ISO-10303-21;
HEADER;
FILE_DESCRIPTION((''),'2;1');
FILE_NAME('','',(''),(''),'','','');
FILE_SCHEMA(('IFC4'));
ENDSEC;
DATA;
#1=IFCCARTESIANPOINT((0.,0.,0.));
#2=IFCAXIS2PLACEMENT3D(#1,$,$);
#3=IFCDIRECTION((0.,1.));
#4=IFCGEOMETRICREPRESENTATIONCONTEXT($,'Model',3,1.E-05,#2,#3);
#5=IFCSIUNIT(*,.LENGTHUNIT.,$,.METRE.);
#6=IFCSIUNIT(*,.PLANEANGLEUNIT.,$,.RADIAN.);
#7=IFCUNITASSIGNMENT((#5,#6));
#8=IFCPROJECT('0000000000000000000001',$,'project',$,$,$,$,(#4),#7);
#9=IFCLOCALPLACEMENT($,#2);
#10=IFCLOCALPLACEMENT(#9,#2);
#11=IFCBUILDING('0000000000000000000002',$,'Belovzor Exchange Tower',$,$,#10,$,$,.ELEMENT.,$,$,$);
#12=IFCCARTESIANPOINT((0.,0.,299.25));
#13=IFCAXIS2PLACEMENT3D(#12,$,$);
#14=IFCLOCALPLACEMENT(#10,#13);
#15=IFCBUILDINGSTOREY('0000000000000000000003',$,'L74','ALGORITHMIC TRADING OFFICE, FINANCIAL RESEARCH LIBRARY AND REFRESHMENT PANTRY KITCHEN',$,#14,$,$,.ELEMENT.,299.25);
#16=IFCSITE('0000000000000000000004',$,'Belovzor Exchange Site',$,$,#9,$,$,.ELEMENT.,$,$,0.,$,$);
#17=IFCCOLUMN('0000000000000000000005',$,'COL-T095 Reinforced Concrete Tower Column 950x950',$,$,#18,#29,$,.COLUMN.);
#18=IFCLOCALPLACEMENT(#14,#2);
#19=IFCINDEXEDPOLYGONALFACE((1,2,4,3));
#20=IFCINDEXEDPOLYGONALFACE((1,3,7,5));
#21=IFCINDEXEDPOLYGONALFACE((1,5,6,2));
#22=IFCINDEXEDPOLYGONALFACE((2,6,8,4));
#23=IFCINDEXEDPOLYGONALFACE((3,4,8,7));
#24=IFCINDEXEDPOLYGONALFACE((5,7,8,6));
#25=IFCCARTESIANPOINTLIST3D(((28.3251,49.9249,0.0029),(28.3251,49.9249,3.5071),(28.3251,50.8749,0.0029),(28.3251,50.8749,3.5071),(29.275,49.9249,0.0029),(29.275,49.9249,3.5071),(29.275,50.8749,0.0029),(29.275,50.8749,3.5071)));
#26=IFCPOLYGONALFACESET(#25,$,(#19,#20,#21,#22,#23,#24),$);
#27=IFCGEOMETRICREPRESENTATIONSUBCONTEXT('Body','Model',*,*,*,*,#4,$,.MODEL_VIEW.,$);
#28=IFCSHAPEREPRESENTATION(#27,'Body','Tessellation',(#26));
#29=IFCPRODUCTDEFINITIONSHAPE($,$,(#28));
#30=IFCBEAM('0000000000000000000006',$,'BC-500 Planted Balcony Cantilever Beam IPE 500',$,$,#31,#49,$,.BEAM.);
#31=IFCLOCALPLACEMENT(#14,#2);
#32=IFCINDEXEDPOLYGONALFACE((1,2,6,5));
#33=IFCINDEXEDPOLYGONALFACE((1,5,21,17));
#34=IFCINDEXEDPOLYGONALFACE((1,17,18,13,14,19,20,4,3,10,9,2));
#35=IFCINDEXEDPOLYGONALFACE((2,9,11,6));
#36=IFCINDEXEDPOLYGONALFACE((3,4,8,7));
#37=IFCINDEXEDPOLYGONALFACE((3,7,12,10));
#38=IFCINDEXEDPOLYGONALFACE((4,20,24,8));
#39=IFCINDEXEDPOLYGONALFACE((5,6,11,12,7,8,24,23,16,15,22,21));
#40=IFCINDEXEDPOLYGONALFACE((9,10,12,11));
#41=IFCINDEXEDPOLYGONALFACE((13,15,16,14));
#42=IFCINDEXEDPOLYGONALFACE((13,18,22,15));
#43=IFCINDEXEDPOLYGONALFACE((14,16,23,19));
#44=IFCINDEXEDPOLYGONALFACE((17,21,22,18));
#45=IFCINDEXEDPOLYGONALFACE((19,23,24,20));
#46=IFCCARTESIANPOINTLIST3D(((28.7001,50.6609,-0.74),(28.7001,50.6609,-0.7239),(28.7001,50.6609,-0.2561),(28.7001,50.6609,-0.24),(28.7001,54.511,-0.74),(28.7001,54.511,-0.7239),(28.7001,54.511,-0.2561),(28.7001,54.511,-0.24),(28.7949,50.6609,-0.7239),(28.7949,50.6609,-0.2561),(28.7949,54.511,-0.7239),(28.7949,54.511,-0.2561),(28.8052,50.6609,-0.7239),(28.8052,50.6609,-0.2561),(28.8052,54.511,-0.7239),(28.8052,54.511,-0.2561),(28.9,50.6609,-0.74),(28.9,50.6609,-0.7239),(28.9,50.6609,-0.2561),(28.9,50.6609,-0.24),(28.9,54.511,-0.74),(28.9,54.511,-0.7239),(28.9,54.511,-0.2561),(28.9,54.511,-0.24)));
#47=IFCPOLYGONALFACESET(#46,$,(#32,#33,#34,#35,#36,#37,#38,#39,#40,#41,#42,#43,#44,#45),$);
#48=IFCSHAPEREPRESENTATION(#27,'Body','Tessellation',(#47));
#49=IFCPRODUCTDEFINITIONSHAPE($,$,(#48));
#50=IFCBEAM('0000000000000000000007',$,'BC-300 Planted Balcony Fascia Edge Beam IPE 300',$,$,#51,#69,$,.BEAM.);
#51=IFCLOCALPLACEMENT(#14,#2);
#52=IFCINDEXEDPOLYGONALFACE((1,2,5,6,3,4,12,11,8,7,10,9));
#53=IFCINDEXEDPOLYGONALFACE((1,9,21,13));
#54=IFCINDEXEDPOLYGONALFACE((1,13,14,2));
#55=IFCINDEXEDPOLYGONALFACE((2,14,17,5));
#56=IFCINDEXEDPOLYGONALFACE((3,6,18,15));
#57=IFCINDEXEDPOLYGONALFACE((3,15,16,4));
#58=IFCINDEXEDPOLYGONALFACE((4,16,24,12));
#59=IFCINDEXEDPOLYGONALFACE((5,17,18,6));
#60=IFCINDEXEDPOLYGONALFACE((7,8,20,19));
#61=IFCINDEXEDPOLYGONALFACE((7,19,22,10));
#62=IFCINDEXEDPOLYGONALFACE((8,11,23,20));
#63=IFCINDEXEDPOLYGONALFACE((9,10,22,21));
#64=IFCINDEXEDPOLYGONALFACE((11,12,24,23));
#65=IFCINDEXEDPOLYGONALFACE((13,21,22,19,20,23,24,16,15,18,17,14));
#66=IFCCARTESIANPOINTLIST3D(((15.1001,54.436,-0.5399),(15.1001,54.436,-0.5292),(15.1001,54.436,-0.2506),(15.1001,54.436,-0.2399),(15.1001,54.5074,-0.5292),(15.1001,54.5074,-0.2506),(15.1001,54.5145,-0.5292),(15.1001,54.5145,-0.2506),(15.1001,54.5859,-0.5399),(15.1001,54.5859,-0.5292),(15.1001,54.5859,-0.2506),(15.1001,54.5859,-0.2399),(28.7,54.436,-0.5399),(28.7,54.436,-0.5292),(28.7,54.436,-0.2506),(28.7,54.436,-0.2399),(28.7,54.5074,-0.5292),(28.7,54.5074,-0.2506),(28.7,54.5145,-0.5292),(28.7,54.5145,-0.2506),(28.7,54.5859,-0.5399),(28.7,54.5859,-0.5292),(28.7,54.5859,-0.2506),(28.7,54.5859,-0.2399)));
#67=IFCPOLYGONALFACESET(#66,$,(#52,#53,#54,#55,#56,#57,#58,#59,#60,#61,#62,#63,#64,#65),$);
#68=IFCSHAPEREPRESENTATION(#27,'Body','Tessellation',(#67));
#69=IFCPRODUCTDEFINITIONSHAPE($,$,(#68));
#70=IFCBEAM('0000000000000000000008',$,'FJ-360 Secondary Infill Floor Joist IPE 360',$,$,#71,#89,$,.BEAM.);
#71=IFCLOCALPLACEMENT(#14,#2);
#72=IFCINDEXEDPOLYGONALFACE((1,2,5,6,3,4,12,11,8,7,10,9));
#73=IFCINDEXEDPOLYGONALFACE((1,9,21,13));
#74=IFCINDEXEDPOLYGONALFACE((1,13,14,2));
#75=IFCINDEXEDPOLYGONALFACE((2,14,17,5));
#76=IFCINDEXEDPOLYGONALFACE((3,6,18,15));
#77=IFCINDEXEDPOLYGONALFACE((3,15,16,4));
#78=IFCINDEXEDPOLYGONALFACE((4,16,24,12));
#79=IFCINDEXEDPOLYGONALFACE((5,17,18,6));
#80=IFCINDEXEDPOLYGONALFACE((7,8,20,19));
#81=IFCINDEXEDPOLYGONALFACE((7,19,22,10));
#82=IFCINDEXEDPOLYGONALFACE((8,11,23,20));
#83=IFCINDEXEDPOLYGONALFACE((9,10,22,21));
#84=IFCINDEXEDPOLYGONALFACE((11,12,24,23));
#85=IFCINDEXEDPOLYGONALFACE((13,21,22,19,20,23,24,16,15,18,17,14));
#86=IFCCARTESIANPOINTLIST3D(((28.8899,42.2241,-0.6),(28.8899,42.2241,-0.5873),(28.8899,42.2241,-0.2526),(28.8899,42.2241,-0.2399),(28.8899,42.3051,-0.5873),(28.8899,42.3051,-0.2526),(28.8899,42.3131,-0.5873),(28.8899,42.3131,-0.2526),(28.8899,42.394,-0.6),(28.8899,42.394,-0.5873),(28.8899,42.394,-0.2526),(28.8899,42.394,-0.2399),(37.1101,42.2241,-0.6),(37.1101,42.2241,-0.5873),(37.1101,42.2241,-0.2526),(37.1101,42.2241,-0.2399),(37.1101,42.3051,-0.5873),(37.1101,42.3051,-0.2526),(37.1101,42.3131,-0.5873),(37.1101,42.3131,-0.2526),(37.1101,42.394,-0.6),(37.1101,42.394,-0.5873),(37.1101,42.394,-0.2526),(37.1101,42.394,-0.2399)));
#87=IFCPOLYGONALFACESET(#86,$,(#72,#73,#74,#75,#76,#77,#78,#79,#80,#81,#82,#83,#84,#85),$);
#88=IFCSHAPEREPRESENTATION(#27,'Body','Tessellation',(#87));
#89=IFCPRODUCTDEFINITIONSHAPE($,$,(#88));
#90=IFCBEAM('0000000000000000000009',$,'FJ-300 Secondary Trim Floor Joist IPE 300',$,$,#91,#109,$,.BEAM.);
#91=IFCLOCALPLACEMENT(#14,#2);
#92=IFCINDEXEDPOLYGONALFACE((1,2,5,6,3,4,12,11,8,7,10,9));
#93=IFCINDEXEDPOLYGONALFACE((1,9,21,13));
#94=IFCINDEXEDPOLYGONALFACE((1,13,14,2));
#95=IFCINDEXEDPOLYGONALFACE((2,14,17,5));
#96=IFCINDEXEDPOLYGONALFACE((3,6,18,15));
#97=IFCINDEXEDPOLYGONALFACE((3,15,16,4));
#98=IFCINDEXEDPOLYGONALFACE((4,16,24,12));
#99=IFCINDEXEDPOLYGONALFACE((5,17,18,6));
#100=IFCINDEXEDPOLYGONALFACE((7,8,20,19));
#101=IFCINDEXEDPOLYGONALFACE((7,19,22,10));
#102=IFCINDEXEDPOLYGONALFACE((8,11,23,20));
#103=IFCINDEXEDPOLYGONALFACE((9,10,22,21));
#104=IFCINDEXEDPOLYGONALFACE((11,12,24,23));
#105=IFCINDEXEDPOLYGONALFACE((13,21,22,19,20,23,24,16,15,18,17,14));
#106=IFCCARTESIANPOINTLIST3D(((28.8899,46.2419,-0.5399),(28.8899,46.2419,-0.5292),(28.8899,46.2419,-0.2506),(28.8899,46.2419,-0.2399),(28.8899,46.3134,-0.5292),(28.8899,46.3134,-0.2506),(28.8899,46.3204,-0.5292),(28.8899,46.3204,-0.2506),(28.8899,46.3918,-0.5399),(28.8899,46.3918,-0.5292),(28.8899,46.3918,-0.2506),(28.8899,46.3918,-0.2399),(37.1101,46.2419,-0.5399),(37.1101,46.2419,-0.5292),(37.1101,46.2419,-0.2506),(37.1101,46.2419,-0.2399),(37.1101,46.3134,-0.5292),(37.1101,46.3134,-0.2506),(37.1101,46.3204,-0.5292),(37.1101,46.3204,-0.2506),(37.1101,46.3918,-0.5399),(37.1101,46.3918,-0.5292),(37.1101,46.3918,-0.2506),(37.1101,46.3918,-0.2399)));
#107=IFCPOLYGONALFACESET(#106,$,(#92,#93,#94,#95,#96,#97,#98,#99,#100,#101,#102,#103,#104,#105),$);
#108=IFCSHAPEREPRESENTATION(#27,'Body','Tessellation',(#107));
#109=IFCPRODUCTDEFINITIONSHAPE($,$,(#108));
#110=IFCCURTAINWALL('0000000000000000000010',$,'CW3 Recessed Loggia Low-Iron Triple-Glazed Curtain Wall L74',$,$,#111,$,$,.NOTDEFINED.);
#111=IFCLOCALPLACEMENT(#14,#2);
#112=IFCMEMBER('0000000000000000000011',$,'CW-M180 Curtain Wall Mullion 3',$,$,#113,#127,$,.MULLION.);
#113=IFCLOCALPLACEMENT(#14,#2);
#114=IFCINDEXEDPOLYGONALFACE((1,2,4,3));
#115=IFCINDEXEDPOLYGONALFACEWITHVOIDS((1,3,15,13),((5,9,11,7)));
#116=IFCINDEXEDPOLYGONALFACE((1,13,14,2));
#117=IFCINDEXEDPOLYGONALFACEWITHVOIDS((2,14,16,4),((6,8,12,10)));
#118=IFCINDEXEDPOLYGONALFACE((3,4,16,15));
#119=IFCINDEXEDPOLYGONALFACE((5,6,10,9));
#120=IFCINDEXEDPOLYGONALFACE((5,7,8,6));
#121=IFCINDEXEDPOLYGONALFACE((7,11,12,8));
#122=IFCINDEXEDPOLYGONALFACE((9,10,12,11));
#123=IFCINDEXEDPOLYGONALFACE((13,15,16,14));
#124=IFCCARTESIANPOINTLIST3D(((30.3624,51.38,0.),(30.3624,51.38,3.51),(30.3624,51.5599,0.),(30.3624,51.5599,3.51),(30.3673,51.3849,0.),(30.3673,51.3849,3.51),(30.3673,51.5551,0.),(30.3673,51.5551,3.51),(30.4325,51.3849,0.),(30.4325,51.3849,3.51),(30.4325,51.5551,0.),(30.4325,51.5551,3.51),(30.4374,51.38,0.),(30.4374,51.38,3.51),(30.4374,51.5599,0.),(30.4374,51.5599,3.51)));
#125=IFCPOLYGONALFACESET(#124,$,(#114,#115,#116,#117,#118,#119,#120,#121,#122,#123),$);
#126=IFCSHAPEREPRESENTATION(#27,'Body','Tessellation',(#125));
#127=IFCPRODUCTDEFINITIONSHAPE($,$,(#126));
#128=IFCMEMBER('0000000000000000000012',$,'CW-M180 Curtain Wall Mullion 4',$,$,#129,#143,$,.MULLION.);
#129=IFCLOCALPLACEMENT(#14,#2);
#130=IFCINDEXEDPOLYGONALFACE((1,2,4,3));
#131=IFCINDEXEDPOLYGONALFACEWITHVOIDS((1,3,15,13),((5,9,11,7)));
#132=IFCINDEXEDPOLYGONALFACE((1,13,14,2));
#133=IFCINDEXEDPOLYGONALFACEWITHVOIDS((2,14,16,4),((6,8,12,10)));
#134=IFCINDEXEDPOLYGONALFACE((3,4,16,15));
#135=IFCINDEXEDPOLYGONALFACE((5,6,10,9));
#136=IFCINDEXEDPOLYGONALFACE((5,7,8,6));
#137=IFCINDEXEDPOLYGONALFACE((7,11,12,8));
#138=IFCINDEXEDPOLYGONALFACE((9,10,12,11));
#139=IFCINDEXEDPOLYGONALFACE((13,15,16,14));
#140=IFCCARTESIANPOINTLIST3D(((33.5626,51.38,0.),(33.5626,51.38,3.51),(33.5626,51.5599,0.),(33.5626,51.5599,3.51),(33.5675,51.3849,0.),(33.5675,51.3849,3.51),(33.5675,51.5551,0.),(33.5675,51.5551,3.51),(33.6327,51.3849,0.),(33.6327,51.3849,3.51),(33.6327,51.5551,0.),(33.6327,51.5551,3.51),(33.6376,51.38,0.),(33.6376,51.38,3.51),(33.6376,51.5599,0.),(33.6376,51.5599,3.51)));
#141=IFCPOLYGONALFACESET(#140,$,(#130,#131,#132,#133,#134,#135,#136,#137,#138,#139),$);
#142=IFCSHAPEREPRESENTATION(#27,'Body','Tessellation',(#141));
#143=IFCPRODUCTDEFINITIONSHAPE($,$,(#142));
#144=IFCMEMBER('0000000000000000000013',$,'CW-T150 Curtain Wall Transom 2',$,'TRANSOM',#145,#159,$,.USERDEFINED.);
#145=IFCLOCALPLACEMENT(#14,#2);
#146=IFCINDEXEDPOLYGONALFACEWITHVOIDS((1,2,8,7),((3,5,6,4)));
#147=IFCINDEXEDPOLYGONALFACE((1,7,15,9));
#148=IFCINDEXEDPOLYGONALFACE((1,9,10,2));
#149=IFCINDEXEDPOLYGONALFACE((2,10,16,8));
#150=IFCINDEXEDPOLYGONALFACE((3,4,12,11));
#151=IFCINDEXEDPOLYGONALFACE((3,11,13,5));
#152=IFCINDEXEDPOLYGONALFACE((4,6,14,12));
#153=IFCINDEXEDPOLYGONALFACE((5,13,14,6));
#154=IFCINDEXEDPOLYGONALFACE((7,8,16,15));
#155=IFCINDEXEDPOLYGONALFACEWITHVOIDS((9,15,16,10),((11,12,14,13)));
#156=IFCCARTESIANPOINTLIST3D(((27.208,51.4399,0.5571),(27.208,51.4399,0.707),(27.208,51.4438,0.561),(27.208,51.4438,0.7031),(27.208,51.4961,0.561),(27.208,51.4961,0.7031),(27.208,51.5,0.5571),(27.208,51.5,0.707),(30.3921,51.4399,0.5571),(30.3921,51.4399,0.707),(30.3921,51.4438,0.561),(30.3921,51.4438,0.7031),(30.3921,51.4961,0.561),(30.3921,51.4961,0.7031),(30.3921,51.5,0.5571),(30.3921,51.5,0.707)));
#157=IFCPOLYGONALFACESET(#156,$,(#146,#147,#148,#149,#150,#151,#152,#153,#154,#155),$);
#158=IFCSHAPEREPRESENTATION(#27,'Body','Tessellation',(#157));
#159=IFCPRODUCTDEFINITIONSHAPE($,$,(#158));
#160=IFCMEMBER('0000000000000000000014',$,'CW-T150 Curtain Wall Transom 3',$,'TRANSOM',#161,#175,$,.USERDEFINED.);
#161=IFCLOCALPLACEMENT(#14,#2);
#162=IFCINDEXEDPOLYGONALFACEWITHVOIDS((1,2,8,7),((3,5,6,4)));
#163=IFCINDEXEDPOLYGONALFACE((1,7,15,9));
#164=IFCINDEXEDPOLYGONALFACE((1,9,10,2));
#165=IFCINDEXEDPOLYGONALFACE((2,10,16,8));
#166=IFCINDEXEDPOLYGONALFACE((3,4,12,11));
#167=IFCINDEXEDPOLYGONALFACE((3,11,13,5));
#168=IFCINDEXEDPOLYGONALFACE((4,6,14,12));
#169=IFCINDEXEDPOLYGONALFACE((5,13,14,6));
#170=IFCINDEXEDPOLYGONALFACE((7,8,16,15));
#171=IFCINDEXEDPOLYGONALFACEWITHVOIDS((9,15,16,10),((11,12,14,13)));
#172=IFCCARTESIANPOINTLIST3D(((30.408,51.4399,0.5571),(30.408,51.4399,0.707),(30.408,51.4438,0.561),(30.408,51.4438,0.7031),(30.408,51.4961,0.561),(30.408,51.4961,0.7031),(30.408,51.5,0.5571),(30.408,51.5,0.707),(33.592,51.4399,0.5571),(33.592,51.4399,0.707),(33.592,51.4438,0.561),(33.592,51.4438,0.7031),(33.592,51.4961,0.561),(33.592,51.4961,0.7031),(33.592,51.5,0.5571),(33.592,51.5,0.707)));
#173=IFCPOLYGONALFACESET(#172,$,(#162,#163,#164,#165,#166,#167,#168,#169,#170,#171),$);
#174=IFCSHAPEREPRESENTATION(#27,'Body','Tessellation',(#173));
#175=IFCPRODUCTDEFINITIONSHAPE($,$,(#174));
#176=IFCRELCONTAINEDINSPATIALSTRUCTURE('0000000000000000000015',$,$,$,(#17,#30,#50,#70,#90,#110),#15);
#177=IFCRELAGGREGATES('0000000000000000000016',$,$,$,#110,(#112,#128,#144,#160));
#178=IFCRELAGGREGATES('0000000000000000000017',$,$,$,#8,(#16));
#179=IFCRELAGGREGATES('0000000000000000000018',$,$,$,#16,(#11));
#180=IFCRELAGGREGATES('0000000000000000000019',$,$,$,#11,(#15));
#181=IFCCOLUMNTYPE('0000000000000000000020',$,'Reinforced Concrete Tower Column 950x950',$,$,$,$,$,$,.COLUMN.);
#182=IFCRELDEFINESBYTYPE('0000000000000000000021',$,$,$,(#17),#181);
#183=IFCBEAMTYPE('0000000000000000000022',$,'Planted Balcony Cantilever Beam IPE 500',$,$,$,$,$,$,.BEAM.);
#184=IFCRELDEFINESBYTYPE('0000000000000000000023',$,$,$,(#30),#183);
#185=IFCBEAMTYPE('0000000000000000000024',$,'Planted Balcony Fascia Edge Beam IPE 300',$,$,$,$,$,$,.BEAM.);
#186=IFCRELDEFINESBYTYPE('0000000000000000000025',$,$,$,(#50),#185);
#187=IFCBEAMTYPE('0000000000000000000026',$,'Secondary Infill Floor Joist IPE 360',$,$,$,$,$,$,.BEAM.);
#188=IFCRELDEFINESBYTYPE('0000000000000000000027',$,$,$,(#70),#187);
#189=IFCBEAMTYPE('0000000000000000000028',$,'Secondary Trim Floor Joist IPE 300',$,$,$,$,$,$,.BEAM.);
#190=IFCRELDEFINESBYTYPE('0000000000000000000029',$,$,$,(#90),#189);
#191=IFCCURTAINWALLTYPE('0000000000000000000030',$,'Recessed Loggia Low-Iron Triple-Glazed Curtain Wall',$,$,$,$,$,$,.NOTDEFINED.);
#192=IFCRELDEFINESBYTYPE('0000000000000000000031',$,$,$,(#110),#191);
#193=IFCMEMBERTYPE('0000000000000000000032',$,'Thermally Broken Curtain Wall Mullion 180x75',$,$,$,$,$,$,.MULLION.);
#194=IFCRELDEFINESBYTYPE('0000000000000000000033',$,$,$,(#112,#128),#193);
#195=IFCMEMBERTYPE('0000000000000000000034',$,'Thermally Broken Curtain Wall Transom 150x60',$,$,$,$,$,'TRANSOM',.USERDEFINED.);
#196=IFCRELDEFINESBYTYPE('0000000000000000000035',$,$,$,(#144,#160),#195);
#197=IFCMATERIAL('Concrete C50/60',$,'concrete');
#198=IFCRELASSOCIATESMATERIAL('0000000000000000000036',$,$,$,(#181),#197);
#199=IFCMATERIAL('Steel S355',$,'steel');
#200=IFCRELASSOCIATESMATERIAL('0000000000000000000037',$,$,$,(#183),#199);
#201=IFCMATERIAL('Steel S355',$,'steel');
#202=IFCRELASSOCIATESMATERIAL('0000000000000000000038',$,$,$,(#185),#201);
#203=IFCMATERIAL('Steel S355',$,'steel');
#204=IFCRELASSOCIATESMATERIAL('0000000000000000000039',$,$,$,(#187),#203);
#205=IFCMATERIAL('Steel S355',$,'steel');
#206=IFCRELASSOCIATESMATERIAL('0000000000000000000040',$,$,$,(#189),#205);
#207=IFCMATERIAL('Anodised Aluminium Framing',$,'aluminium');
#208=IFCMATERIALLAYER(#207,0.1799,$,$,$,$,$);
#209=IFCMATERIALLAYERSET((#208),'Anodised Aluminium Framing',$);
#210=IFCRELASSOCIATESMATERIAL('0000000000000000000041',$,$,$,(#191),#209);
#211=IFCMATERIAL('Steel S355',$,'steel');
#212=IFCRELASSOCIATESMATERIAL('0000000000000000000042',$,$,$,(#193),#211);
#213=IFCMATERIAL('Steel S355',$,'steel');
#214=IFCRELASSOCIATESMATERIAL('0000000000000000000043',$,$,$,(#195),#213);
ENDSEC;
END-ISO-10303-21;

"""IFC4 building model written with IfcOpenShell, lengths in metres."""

from ifc_helpers import new_model, si_unit, direction, frame, origin, origin_2d, place, context, subcontext, project, spatial, rectangle, hollow_rectangle, i_section, extrude, material, layer, layer_set, material_profile, profile_set, type_object, element, aggregate, save


model = new_model("IFC4")

# Units and contexts
model_context = context("Model", 3, precision=1e-05, world=origin(), true_north=direction((0.0, 1.0)))
body_context = subcontext(model_context, "Body", "Model", "MODEL_VIEW")
ifc_project = project(units=[si_unit("LENGTHUNIT", "METRE"), si_unit("PLANEANGLEUNIT", "RADIAN")], contexts=[model_context])

# Site, building, storey
site_placement = place(None, origin())
site = spatial("IfcSite", under=ifc_project, at=site_placement, Name="Belovzor Exchange Site", CompositionType="ELEMENT", RefElevation=0.0)
building_placement = place(site_placement, origin())
building = spatial("IfcBuilding", under=site, at=building_placement, Name="Belovzor Exchange Tower", CompositionType="ELEMENT")
storey_placement = place(building_placement, frame((0.0, 0.0, 299.25)))
storey = spatial("IfcBuildingStorey", under=building, at=storey_placement, Name="L74", Description="ALGORITHMIC TRADING OFFICE, FINANCIAL RESEARCH LIBRARY AND REFRESHMENT PANTRY KITCHEN", CompositionType="ELEMENT", Elevation=299.25)

# Column
ifc_material_1 = material(Name="Concrete C50/60", Category="concrete")
ifc_material_profile_1 = material_profile(ifc_material_1, rectangle(XDim=0.95, YDim=0.95, at=origin_2d()))
ifc_profile_set_1 = profile_set([ifc_material_profile_1], Name="Concrete C50/60")
column_type = type_object("IfcColumnType", Name="Reinforced Concrete Tower Column 950x950", PredefinedType="COLUMN", material=ifc_profile_set_1)
column_placement = place(storey_placement, frame((28.8, 50.3999, 0.0029), z_axis=(0.0, 0.0, 1.0), x_axis=(1.0, 0.0, 0.0)))
element("IfcColumn", 1, at=column_placement, inside=storey, type_object=column_type, Name="COL-T095 Reinforced Concrete Tower Column 950x950", PredefinedType="COLUMN", context=body_context, shape_type="SweptSolid", body=[
    extrude(rectangle(XDim=0.95, YDim=0.95, at=origin_2d()), origin(), (0.0, 0.0, 1.0), 3.5042),
])

# Beams
ifc_material_2 = material(Name="Steel S355", Category="steel")
ifc_material_profile_2 = material_profile(ifc_material_2, i_section(OverallWidth=0.2, OverallDepth=0.5, WebThickness=0.0103, FlangeThickness=0.0161, at=origin_2d()))
ifc_profile_set_2 = profile_set([ifc_material_profile_2], Name="Steel S355")
beam_type_1 = type_object("IfcBeamType", Name="Planted Balcony Cantilever Beam IPE 500", PredefinedType="BEAM", material=ifc_profile_set_2)
beam_1_placement = place(storey_placement, frame((28.8, 50.6609, -0.49), z_axis=(0.0, 1.0, 0.0), x_axis=(-1.0, 0.0, 0.0)))
element("IfcBeam", 2, at=beam_1_placement, inside=storey, type_object=beam_type_1, Name="BC-500 Planted Balcony Cantilever Beam IPE 500", PredefinedType="BEAM", context=body_context, shape_type="SweptSolid", body=[
    extrude(i_section(OverallWidth=0.2, OverallDepth=0.5, WebThickness=0.0103, FlangeThickness=0.0161, at=origin_2d()), origin(), (0.0, 0.0, 1.0), 3.8501),
])
ifc_material_3 = material(Name="Steel S355", Category="steel")
ifc_material_profile_3 = material_profile(ifc_material_3, i_section(OverallWidth=0.1499, OverallDepth=0.3, WebThickness=0.0071, FlangeThickness=0.0107, at=origin_2d()))
ifc_profile_set_3 = profile_set([ifc_material_profile_3], Name="Steel S355")
beam_type_2 = type_object("IfcBeamType", Name="Planted Balcony Fascia Edge Beam IPE 300", PredefinedType="BEAM", material=ifc_profile_set_3)
beam_2_placement = place(storey_placement, frame((28.7, 54.511, -0.3899), z_axis=(-1.0, 0.0, 0.0), x_axis=(0.0, -1.0, 0.0)))
element("IfcBeam", 3, at=beam_2_placement, inside=storey, type_object=beam_type_2, Name="BC-300 Planted Balcony Fascia Edge Beam IPE 300", PredefinedType="BEAM", context=body_context, shape_type="SweptSolid", body=[
    extrude(i_section(OverallWidth=0.1499, OverallDepth=0.3, WebThickness=0.0071, FlangeThickness=0.0107, at=origin_2d()), origin(), (0.0, 0.0, 1.0), 13.5999),
])
ifc_material_4 = material(Name="Steel S355", Category="steel")
ifc_material_profile_4 = material_profile(ifc_material_4, i_section(OverallWidth=0.1699, OverallDepth=0.3601, WebThickness=0.0081, FlangeThickness=0.0127, at=origin_2d()))
ifc_profile_set_4 = profile_set([ifc_material_profile_4], Name="Steel S355")
beam_type_3 = type_object("IfcBeamType", Name="Secondary Infill Floor Joist IPE 360", PredefinedType="BEAM", material=ifc_profile_set_4)
beam_3_placement = place(storey_placement, frame((28.8899, 42.3091, -0.4199), z_axis=(1.0, 0.0, 0.0), x_axis=(0.0, 1.0, 0.0)))
element("IfcBeam", 4, at=beam_3_placement, inside=storey, type_object=beam_type_3, Name="FJ-360 Secondary Infill Floor Joist IPE 360", PredefinedType="BEAM", context=body_context, shape_type="SweptSolid", body=[
    extrude(i_section(OverallWidth=0.1699, OverallDepth=0.3601, WebThickness=0.0081, FlangeThickness=0.0127, at=origin_2d()), origin(), (0.0, 0.0, 1.0), 8.2202),
])
ifc_material_5 = material(Name="Steel S355", Category="steel")
ifc_material_profile_5 = material_profile(ifc_material_5, i_section(OverallWidth=0.1499, OverallDepth=0.3, WebThickness=0.0071, FlangeThickness=0.0107, at=origin_2d()))
ifc_profile_set_5 = profile_set([ifc_material_profile_5], Name="Steel S355")
beam_type_4 = type_object("IfcBeamType", Name="Secondary Trim Floor Joist IPE 300", PredefinedType="BEAM", material=ifc_profile_set_5)
beam_4_placement = place(storey_placement, frame((28.8899, 46.3169, -0.3899), z_axis=(1.0, 0.0, 0.0), x_axis=(0.0, 1.0, 0.0)))
element("IfcBeam", 5, at=beam_4_placement, inside=storey, type_object=beam_type_4, Name="FJ-300 Secondary Trim Floor Joist IPE 300", PredefinedType="BEAM", context=body_context, shape_type="SweptSolid", body=[
    extrude(i_section(OverallWidth=0.1499, OverallDepth=0.3, WebThickness=0.0071, FlangeThickness=0.0107, at=origin_2d()), origin(), (0.0, 0.0, 1.0), 8.2202),
])

# Curtain wall, members
ifc_material_6 = material(Name="Anodised Aluminium Framing", Category="aluminium")
ifc_layer_1 = layer(ifc_material_6, 0.1799)
ifc_layer_set_1 = layer_set([ifc_layer_1], Name="Anodised Aluminium Framing")
curtain_wall_type = type_object("IfcCurtainWallType", Name="Recessed Loggia Low-Iron Triple-Glazed Curtain Wall", PredefinedType="NOTDEFINED", material=ifc_layer_set_1)
curtain_wall_placement = place(storey_placement, origin())
curtain_wall = element("IfcCurtainWall", 6, at=curtain_wall_placement, inside=storey, type_object=curtain_wall_type, Name="CW3 Recessed Loggia Low-Iron Triple-Glazed Curtain Wall L74", PredefinedType="NOTDEFINED")
ifc_material_7 = material(Name="Steel S355", Category="steel")
ifc_material_profile_6 = material_profile(ifc_material_7, hollow_rectangle(XDim=0.075, YDim=0.1799, WallThickness=0.0049, at=origin_2d()))
ifc_profile_set_6 = profile_set([ifc_material_profile_6], Name="Steel S355")
member_type_1 = type_object("IfcMemberType", Name="Thermally Broken Curtain Wall Mullion 180x75", PredefinedType="MULLION", material=ifc_profile_set_6)
member_1_placement = place(storey_placement, frame((30.3999, 51.47, 0.0), z_axis=(0.0, 0.0, 1.0), x_axis=(1.0, 0.0, 0.0)))
member_1 = element("IfcMember", 7, at=member_1_placement, type_object=member_type_1, Name="CW-M180 Curtain Wall Mullion 3", PredefinedType="MULLION", context=body_context, shape_type="SweptSolid", body=[
    extrude(hollow_rectangle(XDim=0.075, YDim=0.1799, WallThickness=0.0049, at=origin_2d()), origin(), (0.0, 0.0, 1.0), 3.51),
])
member_2_placement = place(storey_placement, frame((33.6001, 51.47, 0.0), z_axis=(0.0, 0.0, 1.0), x_axis=(1.0, 0.0, 0.0)))
member_2 = element("IfcMember", 8, at=member_2_placement, type_object=member_type_1, Name="CW-M180 Curtain Wall Mullion 4", PredefinedType="MULLION", context=body_context, shape_type="SweptSolid", body=[
    extrude(hollow_rectangle(XDim=0.075, YDim=0.1799, WallThickness=0.0049, at=origin_2d()), origin(), (0.0, 0.0, 1.0), 3.51),
])
ifc_material_8 = material(Name="Steel S355", Category="steel")
ifc_material_profile_7 = material_profile(ifc_material_8, hollow_rectangle(XDim=0.0601, YDim=0.1499, WallThickness=0.0039, at=origin_2d()))
ifc_profile_set_7 = profile_set([ifc_material_profile_7], Name="Steel S355")
member_type_2 = type_object("IfcMemberType", Name="Thermally Broken Curtain Wall Transom 150x60", ElementType="TRANSOM", PredefinedType="USERDEFINED", material=ifc_profile_set_7)
member_3_placement = place(storey_placement, frame((27.208, 51.47, 0.6321), z_axis=(1.0, 0.0, 0.0), x_axis=(0.0, 1.0, 0.0)))
member_3 = element("IfcMember", 9, at=member_3_placement, type_object=member_type_2, Name="CW-T150 Curtain Wall Transom 2", ObjectType="TRANSOM", PredefinedType="USERDEFINED", context=body_context, shape_type="SweptSolid", body=[
    extrude(hollow_rectangle(XDim=0.0601, YDim=0.1499, WallThickness=0.0039, at=origin_2d()), origin(), (0.0, 0.0, 1.0), 3.1841),
])
member_4_placement = place(storey_placement, frame((30.408, 51.47, 0.6321), z_axis=(1.0, 0.0, 0.0), x_axis=(0.0, 1.0, 0.0)))
member_4 = element("IfcMember", 10, at=member_4_placement, type_object=member_type_2, Name="CW-T150 Curtain Wall Transom 3", ObjectType="TRANSOM", PredefinedType="USERDEFINED", context=body_context, shape_type="SweptSolid", body=[
    extrude(hollow_rectangle(XDim=0.0601, YDim=0.1499, WallThickness=0.0039, at=origin_2d()), origin(), (0.0, 0.0, 1.0), 3.1841),
])

aggregate(curtain_wall, [member_1, member_2, member_3, member_4])

save(model, "model.ifc")
